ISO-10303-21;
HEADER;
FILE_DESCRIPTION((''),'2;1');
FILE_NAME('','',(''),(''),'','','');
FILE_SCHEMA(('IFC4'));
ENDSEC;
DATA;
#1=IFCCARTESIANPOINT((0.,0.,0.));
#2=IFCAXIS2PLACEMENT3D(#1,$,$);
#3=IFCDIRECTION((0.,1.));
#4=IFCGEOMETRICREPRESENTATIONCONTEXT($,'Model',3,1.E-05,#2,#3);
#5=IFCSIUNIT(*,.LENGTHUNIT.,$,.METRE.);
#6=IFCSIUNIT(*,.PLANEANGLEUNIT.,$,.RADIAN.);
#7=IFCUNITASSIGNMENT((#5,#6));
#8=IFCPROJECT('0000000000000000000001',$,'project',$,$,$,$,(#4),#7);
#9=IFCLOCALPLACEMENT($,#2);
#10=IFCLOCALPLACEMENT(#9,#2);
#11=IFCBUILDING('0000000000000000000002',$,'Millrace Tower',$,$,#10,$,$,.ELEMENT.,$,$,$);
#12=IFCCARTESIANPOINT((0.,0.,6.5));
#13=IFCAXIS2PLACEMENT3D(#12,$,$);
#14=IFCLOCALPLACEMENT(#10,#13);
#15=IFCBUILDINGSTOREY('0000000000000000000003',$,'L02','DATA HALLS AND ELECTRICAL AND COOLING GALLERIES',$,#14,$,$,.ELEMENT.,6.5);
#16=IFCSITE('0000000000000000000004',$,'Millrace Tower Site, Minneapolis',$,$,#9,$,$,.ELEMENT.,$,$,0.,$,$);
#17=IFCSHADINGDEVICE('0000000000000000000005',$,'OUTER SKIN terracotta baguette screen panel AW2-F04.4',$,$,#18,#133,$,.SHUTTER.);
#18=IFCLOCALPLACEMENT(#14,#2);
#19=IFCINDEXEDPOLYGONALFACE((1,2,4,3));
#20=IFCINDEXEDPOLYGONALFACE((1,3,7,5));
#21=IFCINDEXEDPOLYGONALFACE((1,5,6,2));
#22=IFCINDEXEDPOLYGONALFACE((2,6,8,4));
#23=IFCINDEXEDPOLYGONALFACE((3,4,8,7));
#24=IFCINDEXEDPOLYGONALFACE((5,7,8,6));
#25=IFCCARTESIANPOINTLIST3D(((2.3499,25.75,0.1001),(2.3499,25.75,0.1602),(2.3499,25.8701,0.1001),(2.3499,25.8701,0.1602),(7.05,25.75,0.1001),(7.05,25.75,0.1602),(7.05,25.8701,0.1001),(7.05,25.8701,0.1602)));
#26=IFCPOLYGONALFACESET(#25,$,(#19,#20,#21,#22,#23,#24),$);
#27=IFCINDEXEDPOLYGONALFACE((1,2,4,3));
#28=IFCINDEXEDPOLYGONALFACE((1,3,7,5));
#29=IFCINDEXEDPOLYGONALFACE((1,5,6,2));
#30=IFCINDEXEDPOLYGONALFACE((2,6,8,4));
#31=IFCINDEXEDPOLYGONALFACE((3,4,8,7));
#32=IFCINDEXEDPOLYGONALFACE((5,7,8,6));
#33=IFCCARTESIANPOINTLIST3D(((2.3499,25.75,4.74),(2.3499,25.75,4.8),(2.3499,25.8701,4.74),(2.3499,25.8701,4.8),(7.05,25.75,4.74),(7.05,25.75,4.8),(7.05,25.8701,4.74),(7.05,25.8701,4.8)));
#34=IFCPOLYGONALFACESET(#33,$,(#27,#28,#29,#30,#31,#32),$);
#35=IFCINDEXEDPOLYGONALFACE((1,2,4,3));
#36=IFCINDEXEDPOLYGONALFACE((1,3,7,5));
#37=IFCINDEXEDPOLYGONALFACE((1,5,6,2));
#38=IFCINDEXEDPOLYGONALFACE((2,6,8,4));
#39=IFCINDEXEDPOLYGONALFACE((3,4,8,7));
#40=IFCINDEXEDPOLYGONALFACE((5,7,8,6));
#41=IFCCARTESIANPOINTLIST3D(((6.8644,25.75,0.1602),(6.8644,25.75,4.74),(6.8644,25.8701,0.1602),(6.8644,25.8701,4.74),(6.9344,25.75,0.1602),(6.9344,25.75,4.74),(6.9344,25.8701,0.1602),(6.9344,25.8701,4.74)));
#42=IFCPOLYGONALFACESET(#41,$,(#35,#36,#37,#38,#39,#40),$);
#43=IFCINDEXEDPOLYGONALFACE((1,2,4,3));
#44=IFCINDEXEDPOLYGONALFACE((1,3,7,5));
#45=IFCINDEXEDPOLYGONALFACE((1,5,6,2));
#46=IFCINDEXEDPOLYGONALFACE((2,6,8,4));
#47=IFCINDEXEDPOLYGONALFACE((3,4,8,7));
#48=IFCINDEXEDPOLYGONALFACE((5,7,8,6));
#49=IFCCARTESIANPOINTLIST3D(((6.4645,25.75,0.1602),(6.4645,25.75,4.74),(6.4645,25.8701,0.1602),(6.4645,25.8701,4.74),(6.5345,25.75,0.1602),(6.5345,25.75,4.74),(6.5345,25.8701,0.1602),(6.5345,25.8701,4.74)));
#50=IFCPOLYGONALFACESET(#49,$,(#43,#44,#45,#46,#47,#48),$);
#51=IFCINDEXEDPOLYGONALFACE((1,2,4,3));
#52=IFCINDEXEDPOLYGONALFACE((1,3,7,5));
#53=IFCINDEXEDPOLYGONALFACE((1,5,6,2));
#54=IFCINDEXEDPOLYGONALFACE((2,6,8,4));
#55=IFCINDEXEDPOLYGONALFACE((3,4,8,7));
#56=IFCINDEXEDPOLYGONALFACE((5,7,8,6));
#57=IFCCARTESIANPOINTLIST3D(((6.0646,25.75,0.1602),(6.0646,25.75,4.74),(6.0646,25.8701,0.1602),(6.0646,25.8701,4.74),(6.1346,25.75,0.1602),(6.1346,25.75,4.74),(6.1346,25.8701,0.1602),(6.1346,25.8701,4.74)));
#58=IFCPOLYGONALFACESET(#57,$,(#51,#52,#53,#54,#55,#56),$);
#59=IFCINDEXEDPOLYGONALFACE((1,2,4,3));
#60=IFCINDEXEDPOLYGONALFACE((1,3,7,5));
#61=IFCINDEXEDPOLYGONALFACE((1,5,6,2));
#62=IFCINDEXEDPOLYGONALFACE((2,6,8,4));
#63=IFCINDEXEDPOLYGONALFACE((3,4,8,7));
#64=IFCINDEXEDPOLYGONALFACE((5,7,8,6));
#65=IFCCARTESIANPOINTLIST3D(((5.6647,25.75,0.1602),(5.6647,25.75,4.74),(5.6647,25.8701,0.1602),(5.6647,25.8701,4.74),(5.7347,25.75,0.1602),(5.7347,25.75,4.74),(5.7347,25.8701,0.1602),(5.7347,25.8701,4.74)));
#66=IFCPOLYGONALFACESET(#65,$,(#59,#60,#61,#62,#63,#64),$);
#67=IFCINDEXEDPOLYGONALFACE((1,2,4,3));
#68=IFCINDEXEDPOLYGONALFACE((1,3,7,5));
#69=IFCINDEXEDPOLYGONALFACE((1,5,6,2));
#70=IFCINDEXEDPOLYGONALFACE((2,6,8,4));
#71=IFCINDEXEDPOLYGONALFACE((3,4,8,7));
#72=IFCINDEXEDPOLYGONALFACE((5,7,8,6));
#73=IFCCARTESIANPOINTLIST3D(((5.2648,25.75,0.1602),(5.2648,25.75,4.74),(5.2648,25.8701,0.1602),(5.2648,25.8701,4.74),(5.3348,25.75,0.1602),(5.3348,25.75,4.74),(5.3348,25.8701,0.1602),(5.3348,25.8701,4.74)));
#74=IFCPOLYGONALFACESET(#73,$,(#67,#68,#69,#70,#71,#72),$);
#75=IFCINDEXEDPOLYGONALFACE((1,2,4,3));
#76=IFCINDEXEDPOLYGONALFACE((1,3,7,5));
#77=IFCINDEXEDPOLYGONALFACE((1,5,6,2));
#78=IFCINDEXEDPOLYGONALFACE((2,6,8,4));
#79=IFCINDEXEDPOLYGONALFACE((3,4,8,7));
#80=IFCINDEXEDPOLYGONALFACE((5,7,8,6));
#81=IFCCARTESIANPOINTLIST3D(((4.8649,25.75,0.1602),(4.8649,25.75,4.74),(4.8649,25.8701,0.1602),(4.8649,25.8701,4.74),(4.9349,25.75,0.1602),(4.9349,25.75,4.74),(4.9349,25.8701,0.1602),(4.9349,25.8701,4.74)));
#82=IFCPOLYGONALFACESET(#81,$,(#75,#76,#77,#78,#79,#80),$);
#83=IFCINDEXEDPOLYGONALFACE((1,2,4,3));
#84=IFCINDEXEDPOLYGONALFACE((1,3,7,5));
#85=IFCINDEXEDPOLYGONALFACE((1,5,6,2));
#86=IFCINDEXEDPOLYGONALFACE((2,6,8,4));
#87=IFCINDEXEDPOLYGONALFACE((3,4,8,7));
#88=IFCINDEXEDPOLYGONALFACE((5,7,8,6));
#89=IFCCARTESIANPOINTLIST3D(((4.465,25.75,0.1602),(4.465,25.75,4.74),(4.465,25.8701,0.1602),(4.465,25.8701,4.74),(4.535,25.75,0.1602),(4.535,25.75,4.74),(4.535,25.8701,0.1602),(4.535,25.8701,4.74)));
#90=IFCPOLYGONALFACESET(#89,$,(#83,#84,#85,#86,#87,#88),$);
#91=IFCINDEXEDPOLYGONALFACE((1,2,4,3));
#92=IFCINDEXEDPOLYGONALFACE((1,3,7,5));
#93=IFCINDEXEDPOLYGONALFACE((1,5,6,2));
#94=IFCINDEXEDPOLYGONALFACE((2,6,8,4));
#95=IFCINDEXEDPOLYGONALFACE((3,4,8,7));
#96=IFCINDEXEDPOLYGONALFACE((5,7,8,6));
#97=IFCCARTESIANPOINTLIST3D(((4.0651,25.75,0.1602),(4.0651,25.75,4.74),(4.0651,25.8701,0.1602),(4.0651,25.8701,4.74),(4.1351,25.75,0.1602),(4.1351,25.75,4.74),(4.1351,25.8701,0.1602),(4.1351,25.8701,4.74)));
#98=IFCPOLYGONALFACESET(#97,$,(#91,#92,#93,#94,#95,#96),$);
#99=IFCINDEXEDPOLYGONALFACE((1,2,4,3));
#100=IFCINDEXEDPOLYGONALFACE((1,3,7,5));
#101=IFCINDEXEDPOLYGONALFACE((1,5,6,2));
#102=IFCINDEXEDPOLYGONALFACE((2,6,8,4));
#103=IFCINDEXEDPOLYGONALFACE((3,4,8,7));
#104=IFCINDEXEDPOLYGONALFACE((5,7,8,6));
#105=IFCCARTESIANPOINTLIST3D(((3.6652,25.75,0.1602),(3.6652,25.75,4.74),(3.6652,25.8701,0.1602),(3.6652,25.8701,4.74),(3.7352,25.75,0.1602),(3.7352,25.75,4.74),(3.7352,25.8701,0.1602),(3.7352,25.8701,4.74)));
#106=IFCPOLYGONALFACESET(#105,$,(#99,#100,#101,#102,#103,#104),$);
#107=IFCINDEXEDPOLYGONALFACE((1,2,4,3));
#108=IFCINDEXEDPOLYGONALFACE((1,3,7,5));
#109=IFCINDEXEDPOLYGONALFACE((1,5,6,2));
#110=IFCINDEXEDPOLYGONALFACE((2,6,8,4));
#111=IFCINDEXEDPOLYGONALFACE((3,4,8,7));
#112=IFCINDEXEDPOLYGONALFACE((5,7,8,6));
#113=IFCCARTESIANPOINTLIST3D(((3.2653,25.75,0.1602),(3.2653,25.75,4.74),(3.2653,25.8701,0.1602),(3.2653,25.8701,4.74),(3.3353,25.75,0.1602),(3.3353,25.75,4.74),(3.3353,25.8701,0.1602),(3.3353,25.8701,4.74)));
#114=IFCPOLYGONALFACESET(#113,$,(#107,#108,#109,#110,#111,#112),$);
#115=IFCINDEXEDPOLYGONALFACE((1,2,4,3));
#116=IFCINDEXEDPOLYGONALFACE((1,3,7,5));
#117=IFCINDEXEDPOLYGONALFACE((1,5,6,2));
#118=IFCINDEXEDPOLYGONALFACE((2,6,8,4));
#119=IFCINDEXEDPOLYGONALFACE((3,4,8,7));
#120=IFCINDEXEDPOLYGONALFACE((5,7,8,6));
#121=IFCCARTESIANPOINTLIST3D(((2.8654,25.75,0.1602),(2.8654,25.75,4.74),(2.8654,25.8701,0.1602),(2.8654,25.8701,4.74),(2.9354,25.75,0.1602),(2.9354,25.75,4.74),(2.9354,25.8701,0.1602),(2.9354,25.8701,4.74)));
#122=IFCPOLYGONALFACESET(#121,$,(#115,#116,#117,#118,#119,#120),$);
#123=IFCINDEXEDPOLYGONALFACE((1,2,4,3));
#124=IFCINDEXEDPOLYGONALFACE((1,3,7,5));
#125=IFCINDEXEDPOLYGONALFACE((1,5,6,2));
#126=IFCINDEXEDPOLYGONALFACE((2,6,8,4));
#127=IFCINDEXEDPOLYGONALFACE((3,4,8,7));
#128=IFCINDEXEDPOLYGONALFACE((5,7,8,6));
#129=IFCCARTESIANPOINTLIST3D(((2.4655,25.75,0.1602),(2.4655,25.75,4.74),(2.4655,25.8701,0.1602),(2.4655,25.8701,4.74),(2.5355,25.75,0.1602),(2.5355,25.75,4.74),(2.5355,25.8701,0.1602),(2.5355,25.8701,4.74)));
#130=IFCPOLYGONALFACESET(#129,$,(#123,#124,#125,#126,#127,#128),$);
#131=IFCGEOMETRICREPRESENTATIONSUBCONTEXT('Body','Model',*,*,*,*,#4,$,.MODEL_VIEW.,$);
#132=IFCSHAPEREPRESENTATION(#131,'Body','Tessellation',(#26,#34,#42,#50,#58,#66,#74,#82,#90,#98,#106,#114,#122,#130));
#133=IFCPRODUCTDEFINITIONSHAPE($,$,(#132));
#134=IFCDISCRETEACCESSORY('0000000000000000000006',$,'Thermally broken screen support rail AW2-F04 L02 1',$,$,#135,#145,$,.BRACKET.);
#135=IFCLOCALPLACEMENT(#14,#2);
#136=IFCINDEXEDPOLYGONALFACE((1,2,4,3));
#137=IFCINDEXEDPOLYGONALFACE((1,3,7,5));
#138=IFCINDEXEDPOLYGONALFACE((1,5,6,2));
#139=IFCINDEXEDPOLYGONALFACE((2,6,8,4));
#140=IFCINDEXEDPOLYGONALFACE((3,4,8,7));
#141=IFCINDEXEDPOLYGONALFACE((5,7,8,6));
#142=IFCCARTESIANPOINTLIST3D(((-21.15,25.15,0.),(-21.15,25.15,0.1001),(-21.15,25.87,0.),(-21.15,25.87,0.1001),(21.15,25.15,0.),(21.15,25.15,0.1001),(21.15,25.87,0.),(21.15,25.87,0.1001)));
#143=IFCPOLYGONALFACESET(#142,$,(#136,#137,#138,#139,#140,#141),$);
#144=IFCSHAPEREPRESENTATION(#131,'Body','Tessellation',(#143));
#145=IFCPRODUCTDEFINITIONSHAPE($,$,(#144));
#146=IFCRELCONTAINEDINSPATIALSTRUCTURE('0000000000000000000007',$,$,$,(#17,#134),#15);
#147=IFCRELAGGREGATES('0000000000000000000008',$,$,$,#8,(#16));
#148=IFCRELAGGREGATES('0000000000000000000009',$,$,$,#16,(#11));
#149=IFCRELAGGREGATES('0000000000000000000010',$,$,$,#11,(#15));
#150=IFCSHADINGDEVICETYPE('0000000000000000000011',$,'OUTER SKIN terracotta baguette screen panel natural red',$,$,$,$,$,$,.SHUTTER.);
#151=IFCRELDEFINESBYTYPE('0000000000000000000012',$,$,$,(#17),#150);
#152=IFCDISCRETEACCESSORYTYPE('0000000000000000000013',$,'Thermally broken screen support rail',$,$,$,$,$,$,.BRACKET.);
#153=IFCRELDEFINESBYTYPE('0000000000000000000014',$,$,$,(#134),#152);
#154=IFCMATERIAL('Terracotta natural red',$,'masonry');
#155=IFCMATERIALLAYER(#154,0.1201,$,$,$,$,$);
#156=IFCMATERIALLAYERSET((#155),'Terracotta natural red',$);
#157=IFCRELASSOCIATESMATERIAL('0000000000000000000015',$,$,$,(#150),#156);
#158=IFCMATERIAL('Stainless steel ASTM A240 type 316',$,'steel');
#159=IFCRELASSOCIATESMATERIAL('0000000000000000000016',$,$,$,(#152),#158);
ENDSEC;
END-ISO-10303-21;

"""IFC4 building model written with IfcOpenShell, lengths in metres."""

from ifc_helpers import new_model, entity, si_unit, direction, frame, frame_2d, origin, origin_2d, place, context, subcontext, project, spatial, rectangle, extrude, source, transform, mapped, material, layer, layer_set, type_object, element, save


model = new_model("IFC4")

# Units and contexts
model_context = context("Model", 3, precision=1e-05, world=origin(), true_north=direction((0.0, 1.0)))
body_context = subcontext(model_context, "Body", "Model", "MODEL_VIEW")
ifc_project = project(units=[si_unit("LENGTHUNIT", "METRE"), si_unit("PLANEANGLEUNIT", "RADIAN")], contexts=[model_context])

# Site, building, storey
site_placement = place(None, origin())
site = spatial("IfcSite", under=ifc_project, at=site_placement, Name="Millrace Tower Site, Minneapolis", CompositionType="ELEMENT", RefElevation=0.0)
building_placement = place(site_placement, origin())
building = spatial("IfcBuilding", under=site, at=building_placement, Name="Millrace Tower", CompositionType="ELEMENT")
storey_placement = place(building_placement, frame((0.0, 0.0, 6.5)))
storey = spatial("IfcBuildingStorey", under=building, at=storey_placement, Name="L02", Description="DATA HALLS AND ELECTRICAL AND COOLING GALLERIES", CompositionType="ELEMENT", Elevation=6.5)

# Shading device
cartesian_point = entity("IfcCartesianPoint", [-2.3501, 0.0601])
shared_polyline = entity("IfcPolyline", [cartesian_point, entity("IfcCartesianPoint", [2.3501, 0.0601]), entity("IfcCartesianPoint", [2.3501, -0.0601]), entity("IfcCartesianPoint", [-2.3501, -0.0601]), cartesian_point])
ifc_material_1 = material(Name="Terracotta natural red", Category="masonry")
ifc_layer_1 = layer(ifc_material_1, 0.1201)
ifc_layer_set_1 = layer_set([ifc_layer_1], Name="Terracotta natural red")
shading_device_type_1 = type_object("IfcShadingDeviceType", Name="OUTER SKIN terracotta baguette screen panel natural red", PredefinedType="SHUTTER", material=ifc_layer_set_1)
shared_shape_1 = source(origin(), body_context, "Body", "SweptSolid", [
    entity("IfcExtrudedAreaSolid", entity("IfcArbitraryClosedProfileDef", "AREA", None, shared_polyline), entity("IfcAxis2Placement3D", entity("IfcCartesianPoint", [0.0, 0.0, 0.0])), entity("IfcDirection", [0.0, 0.0, 1.0]), 0.0601),
    entity("IfcExtrudedAreaSolid", entity("IfcArbitraryClosedProfileDef", "AREA", None, shared_polyline), entity("IfcAxis2Placement3D", entity("IfcCartesianPoint", [0.0, 0.0, 4.6399])), entity("IfcDirection", [0.0, 0.0, 1.0]), 0.0601),
    extrude(rectangle(XDim=0.0701, YDim=0.1201, at=frame_2d((-2.1995, 0.0))), frame((0.0, 0.0, 0.0601)), (0.0, 0.0, 1.0), 4.5798),
    extrude(rectangle(XDim=0.0701, YDim=0.1201, at=frame_2d((-1.7996, 0.0))), frame((0.0, 0.0, 0.0601)), (0.0, 0.0, 1.0), 4.5798),
    extrude(rectangle(XDim=0.0701, YDim=0.1201, at=frame_2d((-1.3997, 0.0))), frame((0.0, 0.0, 0.0601)), (0.0, 0.0, 1.0), 4.5798),
    extrude(rectangle(XDim=0.0701, YDim=0.1201, at=frame_2d((-0.9998, 0.0))), frame((0.0, 0.0, 0.0601)), (0.0, 0.0, 1.0), 4.5798),
    extrude(rectangle(XDim=0.0701, YDim=0.1201, at=frame_2d((-0.5999, 0.0))), frame((0.0, 0.0, 0.0601)), (0.0, 0.0, 1.0), 4.5798),
    extrude(rectangle(XDim=0.0701, YDim=0.1201, at=frame_2d((-0.2, 0.0))), frame((0.0, 0.0, 0.0601)), (0.0, 0.0, 1.0), 4.5798),
    extrude(rectangle(XDim=0.0701, YDim=0.1201, at=frame_2d((0.2, 0.0))), frame((0.0, 0.0, 0.0601)), (0.0, 0.0, 1.0), 4.5798),
    extrude(rectangle(XDim=0.0701, YDim=0.1201, at=frame_2d((0.5999, 0.0))), frame((0.0, 0.0, 0.0601)), (0.0, 0.0, 1.0), 4.5798),
    extrude(rectangle(XDim=0.0701, YDim=0.1201, at=frame_2d((0.9998, 0.0))), frame((0.0, 0.0, 0.0601)), (0.0, 0.0, 1.0), 4.5798),
    extrude(rectangle(XDim=0.0701, YDim=0.1201, at=frame_2d((1.3997, 0.0))), frame((0.0, 0.0, 0.0601)), (0.0, 0.0, 1.0), 4.5798),
    extrude(rectangle(XDim=0.0701, YDim=0.1201, at=frame_2d((1.7996, 0.0))), frame((0.0, 0.0, 0.0601)), (0.0, 0.0, 1.0), 4.5798),
    extrude(rectangle(XDim=0.0701, YDim=0.1201, at=frame_2d((2.1995, 0.0))), frame((0.0, 0.0, 0.0601)), (0.0, 0.0, 1.0), 4.5798),
])
for number, where, z_axis, x_axis, name in (
    (1, (4.7, 25.8101, 0.1001), (0.0, 0.0, 1.0), (-1.0, 0.0, 0.0), "OUTER SKIN terracotta baguette screen panel AW2-F04.4"),
):
    element("IfcShadingDevice", number, at=place(storey_placement, frame(where, z_axis=z_axis, x_axis=x_axis)), inside=storey, type_object=shading_device_type_1, Name=name, PredefinedType="SHUTTER", context=body_context, shape_type="MappedRepresentation", body=[
        mapped(shared_shape_1, transform((0.0, 0.0, 0.0), scale=1.0)),
    ])

# Discrete accessory
ifc_material_2 = material(Name="Stainless steel ASTM A240 type 316", Category="steel")
discrete_accessory_type = type_object("IfcDiscreteAccessoryType", Name="Thermally broken screen support rail", PredefinedType="BRACKET", material=ifc_material_2)
discrete_accessory_placement = place(storey_placement, frame((0.0, 25.51, 0.0), z_axis=(0.0, 0.0, 1.0), x_axis=(-1.0, 0.0, 0.0)))
element("IfcDiscreteAccessory", 2, at=discrete_accessory_placement, inside=storey, type_object=discrete_accessory_type, Name="Thermally broken screen support rail AW2-F04 L02 1", PredefinedType="BRACKET", context=body_context, shape_type="SweptSolid", body=[
    extrude(rectangle(XDim=42.3, YDim=0.72, at=origin_2d()), origin(), (0.0, 0.0, 1.0), 0.1001),
])

save(model, "model.ifc")
